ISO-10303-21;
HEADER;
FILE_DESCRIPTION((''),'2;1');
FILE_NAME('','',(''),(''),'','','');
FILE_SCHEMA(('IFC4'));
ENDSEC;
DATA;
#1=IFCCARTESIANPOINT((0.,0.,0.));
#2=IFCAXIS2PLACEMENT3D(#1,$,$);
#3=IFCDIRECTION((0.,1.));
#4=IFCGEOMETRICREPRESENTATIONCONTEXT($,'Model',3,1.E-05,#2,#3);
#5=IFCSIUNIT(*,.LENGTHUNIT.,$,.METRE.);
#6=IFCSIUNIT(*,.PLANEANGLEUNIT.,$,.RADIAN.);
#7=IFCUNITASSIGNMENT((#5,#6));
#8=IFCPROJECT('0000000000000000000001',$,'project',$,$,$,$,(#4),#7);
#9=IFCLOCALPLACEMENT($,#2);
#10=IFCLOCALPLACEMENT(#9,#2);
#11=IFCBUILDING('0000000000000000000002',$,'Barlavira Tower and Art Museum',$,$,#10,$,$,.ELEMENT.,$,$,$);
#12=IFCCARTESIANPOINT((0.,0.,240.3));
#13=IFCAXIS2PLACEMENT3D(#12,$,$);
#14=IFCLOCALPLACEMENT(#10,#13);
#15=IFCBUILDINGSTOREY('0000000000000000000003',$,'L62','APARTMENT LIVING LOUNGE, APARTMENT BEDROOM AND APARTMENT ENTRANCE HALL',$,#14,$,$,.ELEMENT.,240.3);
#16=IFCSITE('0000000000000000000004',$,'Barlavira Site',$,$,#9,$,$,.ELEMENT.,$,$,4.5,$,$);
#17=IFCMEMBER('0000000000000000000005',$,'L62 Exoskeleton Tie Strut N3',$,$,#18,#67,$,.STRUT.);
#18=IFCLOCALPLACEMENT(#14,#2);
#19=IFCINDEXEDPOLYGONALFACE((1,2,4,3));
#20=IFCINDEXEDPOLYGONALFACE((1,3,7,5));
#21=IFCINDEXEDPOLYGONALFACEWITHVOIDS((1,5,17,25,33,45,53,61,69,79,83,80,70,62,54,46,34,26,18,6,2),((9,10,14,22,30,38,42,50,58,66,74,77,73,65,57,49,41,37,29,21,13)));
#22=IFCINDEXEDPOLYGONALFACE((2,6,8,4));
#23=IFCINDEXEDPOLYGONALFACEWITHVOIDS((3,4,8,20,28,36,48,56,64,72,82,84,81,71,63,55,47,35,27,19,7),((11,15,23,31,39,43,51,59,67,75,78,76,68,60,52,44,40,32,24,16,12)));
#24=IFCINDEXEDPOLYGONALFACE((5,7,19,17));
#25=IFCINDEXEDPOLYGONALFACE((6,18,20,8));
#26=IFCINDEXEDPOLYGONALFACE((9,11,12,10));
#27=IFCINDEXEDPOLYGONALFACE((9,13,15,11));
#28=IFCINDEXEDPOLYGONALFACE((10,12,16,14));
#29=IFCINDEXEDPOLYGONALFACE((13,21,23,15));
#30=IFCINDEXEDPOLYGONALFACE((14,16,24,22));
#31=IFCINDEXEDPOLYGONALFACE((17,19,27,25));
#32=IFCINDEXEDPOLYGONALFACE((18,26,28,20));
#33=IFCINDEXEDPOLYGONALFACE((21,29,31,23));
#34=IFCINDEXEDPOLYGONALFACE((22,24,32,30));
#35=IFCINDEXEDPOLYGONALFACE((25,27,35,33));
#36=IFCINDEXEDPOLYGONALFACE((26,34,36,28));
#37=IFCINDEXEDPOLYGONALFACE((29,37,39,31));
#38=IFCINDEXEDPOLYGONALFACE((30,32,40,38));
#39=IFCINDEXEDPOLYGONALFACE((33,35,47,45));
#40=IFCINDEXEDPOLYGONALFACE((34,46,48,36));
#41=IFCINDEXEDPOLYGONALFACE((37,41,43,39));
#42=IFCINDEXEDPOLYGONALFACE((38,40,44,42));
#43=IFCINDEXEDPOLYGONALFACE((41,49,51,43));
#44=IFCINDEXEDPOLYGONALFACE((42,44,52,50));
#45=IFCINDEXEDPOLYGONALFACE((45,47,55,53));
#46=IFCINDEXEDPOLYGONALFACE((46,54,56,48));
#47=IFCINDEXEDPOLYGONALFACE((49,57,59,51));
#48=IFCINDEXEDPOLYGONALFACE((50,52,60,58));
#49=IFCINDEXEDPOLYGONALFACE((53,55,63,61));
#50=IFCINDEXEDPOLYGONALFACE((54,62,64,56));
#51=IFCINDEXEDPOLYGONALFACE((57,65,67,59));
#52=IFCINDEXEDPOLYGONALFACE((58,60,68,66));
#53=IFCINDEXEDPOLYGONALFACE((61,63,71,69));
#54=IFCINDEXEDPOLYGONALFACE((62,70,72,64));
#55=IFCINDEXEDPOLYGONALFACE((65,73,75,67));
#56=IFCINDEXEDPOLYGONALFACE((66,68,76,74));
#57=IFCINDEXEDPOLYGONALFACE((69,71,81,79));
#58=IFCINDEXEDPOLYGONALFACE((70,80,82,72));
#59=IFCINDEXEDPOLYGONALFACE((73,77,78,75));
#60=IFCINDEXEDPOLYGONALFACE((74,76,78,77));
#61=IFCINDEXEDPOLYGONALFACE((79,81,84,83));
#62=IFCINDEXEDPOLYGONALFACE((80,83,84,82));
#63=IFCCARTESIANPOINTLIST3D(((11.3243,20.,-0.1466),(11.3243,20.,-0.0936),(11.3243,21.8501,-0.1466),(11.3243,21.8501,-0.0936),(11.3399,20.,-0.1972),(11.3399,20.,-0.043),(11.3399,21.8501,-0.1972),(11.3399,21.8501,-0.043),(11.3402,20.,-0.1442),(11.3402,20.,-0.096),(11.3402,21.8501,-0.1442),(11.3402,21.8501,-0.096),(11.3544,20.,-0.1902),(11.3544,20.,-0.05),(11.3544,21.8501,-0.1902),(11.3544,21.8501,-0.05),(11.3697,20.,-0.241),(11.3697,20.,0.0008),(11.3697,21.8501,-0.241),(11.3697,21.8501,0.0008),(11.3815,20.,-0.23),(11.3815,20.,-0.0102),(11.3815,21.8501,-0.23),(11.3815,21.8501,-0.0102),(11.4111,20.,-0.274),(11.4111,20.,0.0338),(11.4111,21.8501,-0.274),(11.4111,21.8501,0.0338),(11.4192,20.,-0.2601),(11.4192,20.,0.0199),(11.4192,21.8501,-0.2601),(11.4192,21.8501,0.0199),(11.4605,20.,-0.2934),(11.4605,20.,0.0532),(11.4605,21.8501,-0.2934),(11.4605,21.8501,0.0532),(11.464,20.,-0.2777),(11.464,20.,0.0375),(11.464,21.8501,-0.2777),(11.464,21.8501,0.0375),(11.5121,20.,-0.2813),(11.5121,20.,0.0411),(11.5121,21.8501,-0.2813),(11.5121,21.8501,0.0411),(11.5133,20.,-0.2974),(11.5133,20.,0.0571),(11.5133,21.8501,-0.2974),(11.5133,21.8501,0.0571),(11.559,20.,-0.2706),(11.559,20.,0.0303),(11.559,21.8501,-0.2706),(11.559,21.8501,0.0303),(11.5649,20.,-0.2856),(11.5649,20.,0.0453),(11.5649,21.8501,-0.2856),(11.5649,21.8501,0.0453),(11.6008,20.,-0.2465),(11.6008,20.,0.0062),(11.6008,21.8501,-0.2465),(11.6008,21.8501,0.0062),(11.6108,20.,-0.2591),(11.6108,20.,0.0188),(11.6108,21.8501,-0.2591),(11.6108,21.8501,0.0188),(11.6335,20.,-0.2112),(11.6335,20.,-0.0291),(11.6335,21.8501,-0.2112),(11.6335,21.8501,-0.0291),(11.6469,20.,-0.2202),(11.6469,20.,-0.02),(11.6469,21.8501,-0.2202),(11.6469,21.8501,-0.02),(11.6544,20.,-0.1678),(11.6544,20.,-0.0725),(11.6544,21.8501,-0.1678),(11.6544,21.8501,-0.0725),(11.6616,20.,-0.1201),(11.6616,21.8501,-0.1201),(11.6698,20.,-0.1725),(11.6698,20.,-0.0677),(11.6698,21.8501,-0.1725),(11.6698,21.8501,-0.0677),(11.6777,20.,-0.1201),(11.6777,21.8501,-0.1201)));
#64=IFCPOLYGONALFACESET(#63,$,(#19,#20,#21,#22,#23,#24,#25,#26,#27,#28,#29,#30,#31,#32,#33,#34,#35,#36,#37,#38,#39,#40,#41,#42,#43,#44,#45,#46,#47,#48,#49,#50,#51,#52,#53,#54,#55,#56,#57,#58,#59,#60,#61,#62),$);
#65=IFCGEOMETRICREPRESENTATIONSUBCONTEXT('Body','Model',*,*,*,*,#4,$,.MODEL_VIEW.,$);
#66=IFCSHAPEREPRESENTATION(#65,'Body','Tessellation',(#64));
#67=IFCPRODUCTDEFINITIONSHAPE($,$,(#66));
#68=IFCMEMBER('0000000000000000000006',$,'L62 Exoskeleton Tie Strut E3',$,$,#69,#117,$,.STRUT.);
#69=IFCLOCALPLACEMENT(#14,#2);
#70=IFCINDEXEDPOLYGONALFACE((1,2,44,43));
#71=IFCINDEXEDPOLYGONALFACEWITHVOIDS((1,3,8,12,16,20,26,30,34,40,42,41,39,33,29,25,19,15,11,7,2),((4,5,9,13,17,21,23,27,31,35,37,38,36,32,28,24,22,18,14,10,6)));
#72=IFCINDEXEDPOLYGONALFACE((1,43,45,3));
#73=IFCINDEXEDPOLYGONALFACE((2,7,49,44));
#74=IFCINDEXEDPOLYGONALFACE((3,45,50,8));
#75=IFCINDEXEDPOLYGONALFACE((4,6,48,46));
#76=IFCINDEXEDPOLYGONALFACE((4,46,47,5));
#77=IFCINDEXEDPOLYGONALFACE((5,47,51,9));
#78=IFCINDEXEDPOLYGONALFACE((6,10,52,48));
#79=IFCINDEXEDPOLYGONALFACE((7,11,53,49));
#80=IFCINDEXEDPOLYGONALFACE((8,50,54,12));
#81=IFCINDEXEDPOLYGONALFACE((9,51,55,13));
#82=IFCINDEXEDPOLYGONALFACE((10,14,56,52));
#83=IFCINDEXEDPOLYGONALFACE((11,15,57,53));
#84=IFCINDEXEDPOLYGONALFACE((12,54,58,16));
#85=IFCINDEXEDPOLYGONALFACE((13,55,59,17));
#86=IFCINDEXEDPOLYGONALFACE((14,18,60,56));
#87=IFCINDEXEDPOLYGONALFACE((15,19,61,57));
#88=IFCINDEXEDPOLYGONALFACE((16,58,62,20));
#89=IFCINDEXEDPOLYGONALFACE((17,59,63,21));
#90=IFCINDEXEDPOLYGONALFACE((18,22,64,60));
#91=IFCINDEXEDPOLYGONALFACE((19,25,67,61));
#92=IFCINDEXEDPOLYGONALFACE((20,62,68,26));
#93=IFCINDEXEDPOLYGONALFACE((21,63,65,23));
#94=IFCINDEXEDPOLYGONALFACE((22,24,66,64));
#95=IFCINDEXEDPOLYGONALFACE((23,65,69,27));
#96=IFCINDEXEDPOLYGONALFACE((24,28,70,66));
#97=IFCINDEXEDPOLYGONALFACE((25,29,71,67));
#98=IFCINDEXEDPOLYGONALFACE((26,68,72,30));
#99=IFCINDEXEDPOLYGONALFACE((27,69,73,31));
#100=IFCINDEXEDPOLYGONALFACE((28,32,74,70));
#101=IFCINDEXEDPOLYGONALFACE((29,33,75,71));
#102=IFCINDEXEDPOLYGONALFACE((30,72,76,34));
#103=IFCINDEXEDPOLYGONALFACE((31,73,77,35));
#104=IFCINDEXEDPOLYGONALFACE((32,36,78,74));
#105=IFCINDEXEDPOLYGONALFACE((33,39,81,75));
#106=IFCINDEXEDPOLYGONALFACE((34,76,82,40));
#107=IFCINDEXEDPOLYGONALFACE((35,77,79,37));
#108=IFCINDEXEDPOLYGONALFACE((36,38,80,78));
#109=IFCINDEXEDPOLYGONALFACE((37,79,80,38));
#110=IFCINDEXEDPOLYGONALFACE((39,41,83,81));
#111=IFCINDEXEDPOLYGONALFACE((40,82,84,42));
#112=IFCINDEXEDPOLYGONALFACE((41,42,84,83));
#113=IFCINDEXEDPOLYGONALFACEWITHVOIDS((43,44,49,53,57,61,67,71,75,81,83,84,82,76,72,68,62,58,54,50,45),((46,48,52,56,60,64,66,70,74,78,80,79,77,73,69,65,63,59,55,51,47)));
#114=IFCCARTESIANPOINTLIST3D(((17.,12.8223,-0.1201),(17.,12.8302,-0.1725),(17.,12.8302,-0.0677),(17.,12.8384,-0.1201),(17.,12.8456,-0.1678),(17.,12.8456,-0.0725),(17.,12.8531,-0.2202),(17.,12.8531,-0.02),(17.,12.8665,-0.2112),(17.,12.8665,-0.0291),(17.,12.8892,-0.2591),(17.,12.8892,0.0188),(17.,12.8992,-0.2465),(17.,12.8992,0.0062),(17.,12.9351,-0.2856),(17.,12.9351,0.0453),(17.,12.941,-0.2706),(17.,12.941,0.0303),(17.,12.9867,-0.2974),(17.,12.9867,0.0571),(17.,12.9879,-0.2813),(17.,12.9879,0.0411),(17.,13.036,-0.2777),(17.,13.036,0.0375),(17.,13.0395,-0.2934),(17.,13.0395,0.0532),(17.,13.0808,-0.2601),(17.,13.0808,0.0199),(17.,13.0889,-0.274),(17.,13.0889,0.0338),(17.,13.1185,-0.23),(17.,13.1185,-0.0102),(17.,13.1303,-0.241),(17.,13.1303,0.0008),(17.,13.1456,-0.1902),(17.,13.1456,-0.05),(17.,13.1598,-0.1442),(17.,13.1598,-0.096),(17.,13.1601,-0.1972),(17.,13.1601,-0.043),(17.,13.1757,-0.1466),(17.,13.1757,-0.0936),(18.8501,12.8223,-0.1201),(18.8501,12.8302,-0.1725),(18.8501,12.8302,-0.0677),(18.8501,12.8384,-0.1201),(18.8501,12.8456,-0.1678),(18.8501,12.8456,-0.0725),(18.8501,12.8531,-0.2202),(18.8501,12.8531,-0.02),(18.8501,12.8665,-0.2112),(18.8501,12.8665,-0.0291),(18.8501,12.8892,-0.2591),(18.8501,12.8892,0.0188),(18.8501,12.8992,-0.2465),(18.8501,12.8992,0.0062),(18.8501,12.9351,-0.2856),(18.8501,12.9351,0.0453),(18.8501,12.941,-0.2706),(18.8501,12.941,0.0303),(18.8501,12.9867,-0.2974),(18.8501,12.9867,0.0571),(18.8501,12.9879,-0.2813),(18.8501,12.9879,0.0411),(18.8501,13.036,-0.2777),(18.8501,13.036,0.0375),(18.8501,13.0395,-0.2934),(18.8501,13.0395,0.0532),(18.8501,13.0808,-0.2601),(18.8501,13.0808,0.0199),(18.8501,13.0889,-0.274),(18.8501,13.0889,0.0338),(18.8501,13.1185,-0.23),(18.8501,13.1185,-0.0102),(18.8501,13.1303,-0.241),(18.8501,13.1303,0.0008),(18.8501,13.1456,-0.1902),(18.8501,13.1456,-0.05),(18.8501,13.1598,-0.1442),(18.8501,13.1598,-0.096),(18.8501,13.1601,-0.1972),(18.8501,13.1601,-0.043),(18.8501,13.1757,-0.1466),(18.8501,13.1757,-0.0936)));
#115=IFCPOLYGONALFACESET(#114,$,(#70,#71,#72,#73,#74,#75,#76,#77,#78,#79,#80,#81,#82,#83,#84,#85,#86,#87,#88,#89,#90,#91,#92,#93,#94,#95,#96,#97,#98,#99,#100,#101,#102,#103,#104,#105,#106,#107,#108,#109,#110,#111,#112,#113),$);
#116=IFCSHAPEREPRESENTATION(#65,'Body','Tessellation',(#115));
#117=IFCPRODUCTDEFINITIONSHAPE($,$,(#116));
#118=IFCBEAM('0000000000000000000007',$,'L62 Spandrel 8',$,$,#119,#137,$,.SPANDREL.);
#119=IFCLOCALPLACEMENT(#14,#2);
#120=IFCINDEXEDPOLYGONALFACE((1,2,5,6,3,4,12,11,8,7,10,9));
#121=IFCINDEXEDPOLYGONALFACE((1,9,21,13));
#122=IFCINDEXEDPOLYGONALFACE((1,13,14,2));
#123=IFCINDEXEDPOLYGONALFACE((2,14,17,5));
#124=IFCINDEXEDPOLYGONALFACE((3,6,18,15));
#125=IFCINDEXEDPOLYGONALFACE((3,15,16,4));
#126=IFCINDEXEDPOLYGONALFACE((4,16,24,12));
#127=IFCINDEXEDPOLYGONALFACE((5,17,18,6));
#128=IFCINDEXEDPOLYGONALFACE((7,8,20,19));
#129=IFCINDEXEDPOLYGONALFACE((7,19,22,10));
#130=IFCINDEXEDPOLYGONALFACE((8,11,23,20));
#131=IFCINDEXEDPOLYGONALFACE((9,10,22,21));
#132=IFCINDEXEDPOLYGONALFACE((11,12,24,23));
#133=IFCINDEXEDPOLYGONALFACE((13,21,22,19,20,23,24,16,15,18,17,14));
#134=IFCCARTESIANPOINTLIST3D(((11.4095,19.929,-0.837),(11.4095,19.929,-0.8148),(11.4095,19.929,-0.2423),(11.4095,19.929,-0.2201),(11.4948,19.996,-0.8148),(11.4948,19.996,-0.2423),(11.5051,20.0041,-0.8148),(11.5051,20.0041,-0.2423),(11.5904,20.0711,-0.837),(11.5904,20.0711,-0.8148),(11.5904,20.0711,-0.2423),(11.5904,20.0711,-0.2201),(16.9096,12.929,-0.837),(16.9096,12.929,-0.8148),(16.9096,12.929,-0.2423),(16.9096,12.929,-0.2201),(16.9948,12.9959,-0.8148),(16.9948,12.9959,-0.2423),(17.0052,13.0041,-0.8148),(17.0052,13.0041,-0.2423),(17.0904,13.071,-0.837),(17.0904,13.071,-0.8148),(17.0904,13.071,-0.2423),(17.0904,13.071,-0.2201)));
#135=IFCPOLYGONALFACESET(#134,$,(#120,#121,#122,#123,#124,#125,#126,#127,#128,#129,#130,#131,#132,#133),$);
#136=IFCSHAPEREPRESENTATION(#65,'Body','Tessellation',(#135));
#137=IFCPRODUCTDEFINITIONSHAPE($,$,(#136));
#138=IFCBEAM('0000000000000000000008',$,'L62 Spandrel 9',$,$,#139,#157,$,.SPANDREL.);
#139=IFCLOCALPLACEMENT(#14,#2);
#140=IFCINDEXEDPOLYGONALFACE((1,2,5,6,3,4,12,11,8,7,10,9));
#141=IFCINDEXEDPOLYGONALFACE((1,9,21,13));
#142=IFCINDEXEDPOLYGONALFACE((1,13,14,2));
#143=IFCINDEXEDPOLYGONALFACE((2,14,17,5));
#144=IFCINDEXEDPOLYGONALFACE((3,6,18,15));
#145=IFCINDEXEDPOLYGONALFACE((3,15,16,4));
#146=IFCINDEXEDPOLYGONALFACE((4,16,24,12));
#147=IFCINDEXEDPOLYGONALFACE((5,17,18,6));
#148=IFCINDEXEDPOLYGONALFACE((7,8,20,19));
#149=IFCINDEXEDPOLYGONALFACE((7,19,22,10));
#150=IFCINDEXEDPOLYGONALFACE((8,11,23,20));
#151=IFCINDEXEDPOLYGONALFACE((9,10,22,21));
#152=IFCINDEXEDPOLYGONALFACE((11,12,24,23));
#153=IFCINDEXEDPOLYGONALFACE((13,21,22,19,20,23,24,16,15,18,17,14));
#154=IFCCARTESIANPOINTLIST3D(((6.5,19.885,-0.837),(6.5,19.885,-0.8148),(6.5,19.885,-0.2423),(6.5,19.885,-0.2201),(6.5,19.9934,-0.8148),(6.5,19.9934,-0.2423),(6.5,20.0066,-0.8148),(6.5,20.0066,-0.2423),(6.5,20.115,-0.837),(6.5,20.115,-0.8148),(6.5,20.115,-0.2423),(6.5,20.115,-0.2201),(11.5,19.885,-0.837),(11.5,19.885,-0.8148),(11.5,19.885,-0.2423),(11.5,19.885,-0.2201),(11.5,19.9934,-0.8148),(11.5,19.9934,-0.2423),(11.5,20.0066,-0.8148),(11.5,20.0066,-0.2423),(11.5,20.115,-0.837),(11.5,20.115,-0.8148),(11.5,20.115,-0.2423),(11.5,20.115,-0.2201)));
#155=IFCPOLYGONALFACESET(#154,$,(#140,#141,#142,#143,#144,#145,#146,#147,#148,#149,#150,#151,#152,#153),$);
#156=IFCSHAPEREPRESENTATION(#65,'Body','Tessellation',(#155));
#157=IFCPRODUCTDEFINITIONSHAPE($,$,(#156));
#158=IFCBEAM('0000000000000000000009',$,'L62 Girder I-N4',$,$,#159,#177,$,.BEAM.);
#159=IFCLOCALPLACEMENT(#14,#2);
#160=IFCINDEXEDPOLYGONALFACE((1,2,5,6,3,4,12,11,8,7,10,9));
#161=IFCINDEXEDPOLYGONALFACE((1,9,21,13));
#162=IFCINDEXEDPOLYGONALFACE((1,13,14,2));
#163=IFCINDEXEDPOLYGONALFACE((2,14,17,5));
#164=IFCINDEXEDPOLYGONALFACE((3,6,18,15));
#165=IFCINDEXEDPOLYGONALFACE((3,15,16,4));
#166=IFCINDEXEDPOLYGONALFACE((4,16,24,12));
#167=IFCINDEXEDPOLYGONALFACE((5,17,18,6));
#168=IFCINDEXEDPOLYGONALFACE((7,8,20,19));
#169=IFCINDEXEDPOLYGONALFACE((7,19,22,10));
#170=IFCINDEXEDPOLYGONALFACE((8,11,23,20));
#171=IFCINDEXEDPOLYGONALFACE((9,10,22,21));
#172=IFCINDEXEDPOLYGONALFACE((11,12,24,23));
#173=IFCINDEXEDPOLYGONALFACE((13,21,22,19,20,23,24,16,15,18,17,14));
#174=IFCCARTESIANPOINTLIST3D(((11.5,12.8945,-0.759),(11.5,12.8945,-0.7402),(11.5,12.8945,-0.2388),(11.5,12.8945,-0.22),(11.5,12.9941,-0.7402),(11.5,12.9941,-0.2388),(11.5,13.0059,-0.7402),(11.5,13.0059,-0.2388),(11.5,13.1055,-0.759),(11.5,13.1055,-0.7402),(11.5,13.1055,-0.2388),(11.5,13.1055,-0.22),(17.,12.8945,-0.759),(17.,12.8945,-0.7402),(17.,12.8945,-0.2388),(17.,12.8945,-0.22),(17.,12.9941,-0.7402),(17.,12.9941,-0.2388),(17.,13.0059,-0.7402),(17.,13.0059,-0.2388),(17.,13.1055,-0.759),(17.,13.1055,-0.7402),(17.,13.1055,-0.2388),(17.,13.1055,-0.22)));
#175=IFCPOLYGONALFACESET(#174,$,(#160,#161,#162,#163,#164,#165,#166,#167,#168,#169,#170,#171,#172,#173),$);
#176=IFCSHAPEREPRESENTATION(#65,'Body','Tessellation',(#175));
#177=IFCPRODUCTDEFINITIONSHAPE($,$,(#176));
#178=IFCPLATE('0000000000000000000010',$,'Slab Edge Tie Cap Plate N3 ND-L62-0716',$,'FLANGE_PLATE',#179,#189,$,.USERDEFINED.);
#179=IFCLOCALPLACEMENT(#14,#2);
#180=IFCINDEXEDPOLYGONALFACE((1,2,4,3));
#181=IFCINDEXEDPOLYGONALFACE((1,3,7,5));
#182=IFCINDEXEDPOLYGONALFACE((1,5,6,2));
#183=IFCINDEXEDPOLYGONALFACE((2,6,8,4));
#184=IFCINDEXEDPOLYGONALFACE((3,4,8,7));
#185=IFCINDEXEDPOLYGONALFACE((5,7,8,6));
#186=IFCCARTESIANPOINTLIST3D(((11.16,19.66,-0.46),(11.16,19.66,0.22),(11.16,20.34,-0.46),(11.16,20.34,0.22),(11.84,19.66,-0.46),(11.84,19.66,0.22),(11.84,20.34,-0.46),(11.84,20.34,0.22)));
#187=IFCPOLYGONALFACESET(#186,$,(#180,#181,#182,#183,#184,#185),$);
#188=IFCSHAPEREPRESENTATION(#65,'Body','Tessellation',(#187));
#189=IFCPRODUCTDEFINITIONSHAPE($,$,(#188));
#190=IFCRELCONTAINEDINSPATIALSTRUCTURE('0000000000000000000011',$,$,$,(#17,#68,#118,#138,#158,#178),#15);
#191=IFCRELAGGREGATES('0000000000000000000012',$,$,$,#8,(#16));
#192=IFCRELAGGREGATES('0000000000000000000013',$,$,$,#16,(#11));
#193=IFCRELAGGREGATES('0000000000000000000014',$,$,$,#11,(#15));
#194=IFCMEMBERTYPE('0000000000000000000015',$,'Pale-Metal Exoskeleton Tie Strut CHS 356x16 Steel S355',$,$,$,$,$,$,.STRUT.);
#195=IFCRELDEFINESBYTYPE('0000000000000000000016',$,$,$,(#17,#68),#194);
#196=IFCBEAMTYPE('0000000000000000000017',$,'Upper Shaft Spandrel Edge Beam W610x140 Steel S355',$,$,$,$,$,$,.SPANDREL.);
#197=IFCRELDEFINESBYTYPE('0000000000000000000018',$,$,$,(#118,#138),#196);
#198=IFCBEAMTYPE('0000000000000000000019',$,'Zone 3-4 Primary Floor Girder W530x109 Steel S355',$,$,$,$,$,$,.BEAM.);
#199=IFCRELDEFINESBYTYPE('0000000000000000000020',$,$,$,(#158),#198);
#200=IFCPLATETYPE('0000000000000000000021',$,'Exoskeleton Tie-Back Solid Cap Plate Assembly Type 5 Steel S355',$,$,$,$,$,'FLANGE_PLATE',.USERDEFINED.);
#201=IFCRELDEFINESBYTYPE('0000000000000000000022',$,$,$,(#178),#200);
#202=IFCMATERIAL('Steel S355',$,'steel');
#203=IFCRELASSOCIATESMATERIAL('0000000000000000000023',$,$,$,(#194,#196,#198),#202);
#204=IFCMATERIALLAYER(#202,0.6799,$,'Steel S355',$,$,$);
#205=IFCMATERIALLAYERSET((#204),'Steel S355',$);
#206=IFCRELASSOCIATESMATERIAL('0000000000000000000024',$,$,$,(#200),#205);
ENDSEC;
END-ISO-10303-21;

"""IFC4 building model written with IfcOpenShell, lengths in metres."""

from ifc_helpers import new_model, si_unit, direction, frame, origin, origin_2d, place, context, subcontext, project, spatial, rectangle, hollow_circle, i_section, extrude, material, layer, layer_set, material_profile, profile_set, type_object, element, save


model = new_model("IFC4")

# Units and contexts
model_context = context("Model", 3, precision=1e-05, world=origin(), true_north=direction((0.0, 1.0)))
body_context = subcontext(model_context, "Body", "Model", "MODEL_VIEW")
ifc_project = project(units=[si_unit("LENGTHUNIT", "METRE"), si_unit("PLANEANGLEUNIT", "RADIAN")], contexts=[model_context])

# Site, building, storey
site_placement = place(None, origin())
site = spatial("IfcSite", under=ifc_project, at=site_placement, Name="Barlavira Site", CompositionType="ELEMENT", RefElevation=4.5)
building_placement = place(site_placement, origin())
building = spatial("IfcBuilding", under=site, at=building_placement, Name="Barlavira Tower and Art Museum", CompositionType="ELEMENT")
storey_placement = place(building_placement, frame((0.0, 0.0, 240.3)))
storey = spatial("IfcBuildingStorey", under=building, at=storey_placement, Name="L62", Description="APARTMENT LIVING LOUNGE, APARTMENT BEDROOM AND APARTMENT ENTRANCE HALL", CompositionType="ELEMENT", Elevation=240.3)

# Members
ifc_material_1 = material(Name="Steel S355", Category="steel")
ifc_material_profile_1 = material_profile(ifc_material_1, hollow_circle(Radius=0.1777, WallThickness=0.0161, at=origin_2d()), Name="CHS 355.6x16.0")
ifc_profile_set_1 = profile_set([ifc_material_profile_1], Name="Steel S355")
member_type_1 = type_object("IfcMemberType", Name="Pale-Metal Exoskeleton Tie Strut CHS 356x16 Steel S355", PredefinedType="STRUT", material=ifc_profile_set_1)
for number, where, z_axis, x_axis, name in (
    (1, (11.5, 21.8501, -0.1201), (0.0, -1.0, 0.0), (1.0, 0.0, 0.0), "L62 Exoskeleton Tie Strut N3"),
    (2, (18.8501, 13.0, -0.1201), (-1.0, 0.0, 0.0), (0.0, -1.0, 0.0), "L62 Exoskeleton Tie Strut E3"),
):
    element("IfcMember", number, at=place(storey_placement, frame(where, z_axis=z_axis, x_axis=x_axis)), inside=storey, type_object=member_type_1, Name=name, PredefinedType="STRUT", context=body_context, shape_type="SweptSolid", body=[
        extrude(hollow_circle(Radius=0.1777, WallThickness=0.0161, at=origin_2d()), origin(), (0.0, 0.0, 1.0), 1.8501),
    ])

# Beams
ifc_material_profile_2 = material_profile(ifc_material_1, i_section(OverallWidth=0.23, OverallDepth=0.6169, WebThickness=0.0132, FlangeThickness=0.0222, at=origin_2d()), Name="W610x140.0")
ifc_profile_set_2 = profile_set([ifc_material_profile_2], Name="Steel S355")
beam_type_1 = type_object("IfcBeamType", Name="Upper Shaft Spandrel Edge Beam W610x140 Steel S355", PredefinedType="SPANDREL", material=ifc_profile_set_2)
beam_1_placement = place(storey_placement, frame((17.0, 13.0, -0.5286), z_axis=(-0.617822, 0.786318, 0.0), x_axis=(-0.786318, -0.617822, 0.0)))
element("IfcBeam", 3, at=beam_1_placement, inside=storey, type_object=beam_type_1, Name="L62 Spandrel 8", PredefinedType="SPANDREL", context=body_context, shape_type="SweptSolid", body=[
    extrude(i_section(OverallWidth=0.23, OverallDepth=0.6169, WebThickness=0.0132, FlangeThickness=0.0222, at=origin_2d()), origin(), (0.0, 0.0, 1.0), 8.9023),
])
beam_2_placement = place(storey_placement, frame((6.5, 20.0, -0.5286), z_axis=(1.0, 0.0, 0.0), x_axis=(0.0, 1.0, 0.0)))
element("IfcBeam", 4, at=beam_2_placement, inside=storey, type_object=beam_type_1, Name="L62 Spandrel 9", PredefinedType="SPANDREL", context=body_context, shape_type="SweptSolid", body=[
    extrude(i_section(OverallWidth=0.23, OverallDepth=0.6169, WebThickness=0.0132, FlangeThickness=0.0222, at=origin_2d()), origin(), (0.0, 0.0, 1.0), 5.0),
])
ifc_material_profile_3 = material_profile(ifc_material_1, i_section(OverallWidth=0.2109, OverallDepth=0.5391, WebThickness=0.0117, FlangeThickness=0.0188, at=origin_2d()), Name="W530x109.0")
ifc_profile_set_3 = profile_set([ifc_material_profile_3], Name="Steel S355")
beam_type_2 = type_object("IfcBeamType", Name="Zone 3-4 Primary Floor Girder W530x109 Steel S355", PredefinedType="BEAM", material=ifc_profile_set_3)
beam_3_placement = place(storey_placement, frame((11.5, 13.0, -0.4895), z_axis=(1.0, 0.0, 0.0), x_axis=(0.0, 1.0, 0.0)))
element("IfcBeam", 5, at=beam_3_placement, inside=storey, type_object=beam_type_2, Name="L62 Girder I-N4", PredefinedType="BEAM", context=body_context, shape_type="SweptSolid", body=[
    extrude(i_section(OverallWidth=0.2109, OverallDepth=0.5391, WebThickness=0.0117, FlangeThickness=0.0188, at=origin_2d()), origin(), (0.0, 0.0, 1.0), 5.5),
])

# Plate
ifc_layer_1 = layer(ifc_material_1, 0.6799, Name="Steel S355")
ifc_layer_set_1 = layer_set([ifc_layer_1], Name="Steel S355")
plate_type = type_object("IfcPlateType", Name="Exoskeleton Tie-Back Solid Cap Plate Assembly Type 5 Steel S355", ElementType="FLANGE_PLATE", PredefinedType="USERDEFINED", material=ifc_layer_set_1)
for number, where, z_axis, x_axis, name in (
    (6, (11.5, 20.0, -0.46), (0.0, 0.0, 1.0), (1.0, 0.0, 0.0), "Slab Edge Tie Cap Plate N3 ND-L62-0716"),
):
    element("IfcPlate", number, at=place(storey_placement, frame(where, z_axis=z_axis, x_axis=x_axis)), inside=storey, type_object=plate_type, Name=name, ObjectType="FLANGE_PLATE", PredefinedType="USERDEFINED", context=body_context, shape_type="SweptSolid", body=[
        extrude(rectangle(XDim=0.6799, YDim=0.6799, at=origin_2d()), origin(), (0.0, 0.0, 1.0), 0.6799),
    ])

save(model, "model.ifc")
